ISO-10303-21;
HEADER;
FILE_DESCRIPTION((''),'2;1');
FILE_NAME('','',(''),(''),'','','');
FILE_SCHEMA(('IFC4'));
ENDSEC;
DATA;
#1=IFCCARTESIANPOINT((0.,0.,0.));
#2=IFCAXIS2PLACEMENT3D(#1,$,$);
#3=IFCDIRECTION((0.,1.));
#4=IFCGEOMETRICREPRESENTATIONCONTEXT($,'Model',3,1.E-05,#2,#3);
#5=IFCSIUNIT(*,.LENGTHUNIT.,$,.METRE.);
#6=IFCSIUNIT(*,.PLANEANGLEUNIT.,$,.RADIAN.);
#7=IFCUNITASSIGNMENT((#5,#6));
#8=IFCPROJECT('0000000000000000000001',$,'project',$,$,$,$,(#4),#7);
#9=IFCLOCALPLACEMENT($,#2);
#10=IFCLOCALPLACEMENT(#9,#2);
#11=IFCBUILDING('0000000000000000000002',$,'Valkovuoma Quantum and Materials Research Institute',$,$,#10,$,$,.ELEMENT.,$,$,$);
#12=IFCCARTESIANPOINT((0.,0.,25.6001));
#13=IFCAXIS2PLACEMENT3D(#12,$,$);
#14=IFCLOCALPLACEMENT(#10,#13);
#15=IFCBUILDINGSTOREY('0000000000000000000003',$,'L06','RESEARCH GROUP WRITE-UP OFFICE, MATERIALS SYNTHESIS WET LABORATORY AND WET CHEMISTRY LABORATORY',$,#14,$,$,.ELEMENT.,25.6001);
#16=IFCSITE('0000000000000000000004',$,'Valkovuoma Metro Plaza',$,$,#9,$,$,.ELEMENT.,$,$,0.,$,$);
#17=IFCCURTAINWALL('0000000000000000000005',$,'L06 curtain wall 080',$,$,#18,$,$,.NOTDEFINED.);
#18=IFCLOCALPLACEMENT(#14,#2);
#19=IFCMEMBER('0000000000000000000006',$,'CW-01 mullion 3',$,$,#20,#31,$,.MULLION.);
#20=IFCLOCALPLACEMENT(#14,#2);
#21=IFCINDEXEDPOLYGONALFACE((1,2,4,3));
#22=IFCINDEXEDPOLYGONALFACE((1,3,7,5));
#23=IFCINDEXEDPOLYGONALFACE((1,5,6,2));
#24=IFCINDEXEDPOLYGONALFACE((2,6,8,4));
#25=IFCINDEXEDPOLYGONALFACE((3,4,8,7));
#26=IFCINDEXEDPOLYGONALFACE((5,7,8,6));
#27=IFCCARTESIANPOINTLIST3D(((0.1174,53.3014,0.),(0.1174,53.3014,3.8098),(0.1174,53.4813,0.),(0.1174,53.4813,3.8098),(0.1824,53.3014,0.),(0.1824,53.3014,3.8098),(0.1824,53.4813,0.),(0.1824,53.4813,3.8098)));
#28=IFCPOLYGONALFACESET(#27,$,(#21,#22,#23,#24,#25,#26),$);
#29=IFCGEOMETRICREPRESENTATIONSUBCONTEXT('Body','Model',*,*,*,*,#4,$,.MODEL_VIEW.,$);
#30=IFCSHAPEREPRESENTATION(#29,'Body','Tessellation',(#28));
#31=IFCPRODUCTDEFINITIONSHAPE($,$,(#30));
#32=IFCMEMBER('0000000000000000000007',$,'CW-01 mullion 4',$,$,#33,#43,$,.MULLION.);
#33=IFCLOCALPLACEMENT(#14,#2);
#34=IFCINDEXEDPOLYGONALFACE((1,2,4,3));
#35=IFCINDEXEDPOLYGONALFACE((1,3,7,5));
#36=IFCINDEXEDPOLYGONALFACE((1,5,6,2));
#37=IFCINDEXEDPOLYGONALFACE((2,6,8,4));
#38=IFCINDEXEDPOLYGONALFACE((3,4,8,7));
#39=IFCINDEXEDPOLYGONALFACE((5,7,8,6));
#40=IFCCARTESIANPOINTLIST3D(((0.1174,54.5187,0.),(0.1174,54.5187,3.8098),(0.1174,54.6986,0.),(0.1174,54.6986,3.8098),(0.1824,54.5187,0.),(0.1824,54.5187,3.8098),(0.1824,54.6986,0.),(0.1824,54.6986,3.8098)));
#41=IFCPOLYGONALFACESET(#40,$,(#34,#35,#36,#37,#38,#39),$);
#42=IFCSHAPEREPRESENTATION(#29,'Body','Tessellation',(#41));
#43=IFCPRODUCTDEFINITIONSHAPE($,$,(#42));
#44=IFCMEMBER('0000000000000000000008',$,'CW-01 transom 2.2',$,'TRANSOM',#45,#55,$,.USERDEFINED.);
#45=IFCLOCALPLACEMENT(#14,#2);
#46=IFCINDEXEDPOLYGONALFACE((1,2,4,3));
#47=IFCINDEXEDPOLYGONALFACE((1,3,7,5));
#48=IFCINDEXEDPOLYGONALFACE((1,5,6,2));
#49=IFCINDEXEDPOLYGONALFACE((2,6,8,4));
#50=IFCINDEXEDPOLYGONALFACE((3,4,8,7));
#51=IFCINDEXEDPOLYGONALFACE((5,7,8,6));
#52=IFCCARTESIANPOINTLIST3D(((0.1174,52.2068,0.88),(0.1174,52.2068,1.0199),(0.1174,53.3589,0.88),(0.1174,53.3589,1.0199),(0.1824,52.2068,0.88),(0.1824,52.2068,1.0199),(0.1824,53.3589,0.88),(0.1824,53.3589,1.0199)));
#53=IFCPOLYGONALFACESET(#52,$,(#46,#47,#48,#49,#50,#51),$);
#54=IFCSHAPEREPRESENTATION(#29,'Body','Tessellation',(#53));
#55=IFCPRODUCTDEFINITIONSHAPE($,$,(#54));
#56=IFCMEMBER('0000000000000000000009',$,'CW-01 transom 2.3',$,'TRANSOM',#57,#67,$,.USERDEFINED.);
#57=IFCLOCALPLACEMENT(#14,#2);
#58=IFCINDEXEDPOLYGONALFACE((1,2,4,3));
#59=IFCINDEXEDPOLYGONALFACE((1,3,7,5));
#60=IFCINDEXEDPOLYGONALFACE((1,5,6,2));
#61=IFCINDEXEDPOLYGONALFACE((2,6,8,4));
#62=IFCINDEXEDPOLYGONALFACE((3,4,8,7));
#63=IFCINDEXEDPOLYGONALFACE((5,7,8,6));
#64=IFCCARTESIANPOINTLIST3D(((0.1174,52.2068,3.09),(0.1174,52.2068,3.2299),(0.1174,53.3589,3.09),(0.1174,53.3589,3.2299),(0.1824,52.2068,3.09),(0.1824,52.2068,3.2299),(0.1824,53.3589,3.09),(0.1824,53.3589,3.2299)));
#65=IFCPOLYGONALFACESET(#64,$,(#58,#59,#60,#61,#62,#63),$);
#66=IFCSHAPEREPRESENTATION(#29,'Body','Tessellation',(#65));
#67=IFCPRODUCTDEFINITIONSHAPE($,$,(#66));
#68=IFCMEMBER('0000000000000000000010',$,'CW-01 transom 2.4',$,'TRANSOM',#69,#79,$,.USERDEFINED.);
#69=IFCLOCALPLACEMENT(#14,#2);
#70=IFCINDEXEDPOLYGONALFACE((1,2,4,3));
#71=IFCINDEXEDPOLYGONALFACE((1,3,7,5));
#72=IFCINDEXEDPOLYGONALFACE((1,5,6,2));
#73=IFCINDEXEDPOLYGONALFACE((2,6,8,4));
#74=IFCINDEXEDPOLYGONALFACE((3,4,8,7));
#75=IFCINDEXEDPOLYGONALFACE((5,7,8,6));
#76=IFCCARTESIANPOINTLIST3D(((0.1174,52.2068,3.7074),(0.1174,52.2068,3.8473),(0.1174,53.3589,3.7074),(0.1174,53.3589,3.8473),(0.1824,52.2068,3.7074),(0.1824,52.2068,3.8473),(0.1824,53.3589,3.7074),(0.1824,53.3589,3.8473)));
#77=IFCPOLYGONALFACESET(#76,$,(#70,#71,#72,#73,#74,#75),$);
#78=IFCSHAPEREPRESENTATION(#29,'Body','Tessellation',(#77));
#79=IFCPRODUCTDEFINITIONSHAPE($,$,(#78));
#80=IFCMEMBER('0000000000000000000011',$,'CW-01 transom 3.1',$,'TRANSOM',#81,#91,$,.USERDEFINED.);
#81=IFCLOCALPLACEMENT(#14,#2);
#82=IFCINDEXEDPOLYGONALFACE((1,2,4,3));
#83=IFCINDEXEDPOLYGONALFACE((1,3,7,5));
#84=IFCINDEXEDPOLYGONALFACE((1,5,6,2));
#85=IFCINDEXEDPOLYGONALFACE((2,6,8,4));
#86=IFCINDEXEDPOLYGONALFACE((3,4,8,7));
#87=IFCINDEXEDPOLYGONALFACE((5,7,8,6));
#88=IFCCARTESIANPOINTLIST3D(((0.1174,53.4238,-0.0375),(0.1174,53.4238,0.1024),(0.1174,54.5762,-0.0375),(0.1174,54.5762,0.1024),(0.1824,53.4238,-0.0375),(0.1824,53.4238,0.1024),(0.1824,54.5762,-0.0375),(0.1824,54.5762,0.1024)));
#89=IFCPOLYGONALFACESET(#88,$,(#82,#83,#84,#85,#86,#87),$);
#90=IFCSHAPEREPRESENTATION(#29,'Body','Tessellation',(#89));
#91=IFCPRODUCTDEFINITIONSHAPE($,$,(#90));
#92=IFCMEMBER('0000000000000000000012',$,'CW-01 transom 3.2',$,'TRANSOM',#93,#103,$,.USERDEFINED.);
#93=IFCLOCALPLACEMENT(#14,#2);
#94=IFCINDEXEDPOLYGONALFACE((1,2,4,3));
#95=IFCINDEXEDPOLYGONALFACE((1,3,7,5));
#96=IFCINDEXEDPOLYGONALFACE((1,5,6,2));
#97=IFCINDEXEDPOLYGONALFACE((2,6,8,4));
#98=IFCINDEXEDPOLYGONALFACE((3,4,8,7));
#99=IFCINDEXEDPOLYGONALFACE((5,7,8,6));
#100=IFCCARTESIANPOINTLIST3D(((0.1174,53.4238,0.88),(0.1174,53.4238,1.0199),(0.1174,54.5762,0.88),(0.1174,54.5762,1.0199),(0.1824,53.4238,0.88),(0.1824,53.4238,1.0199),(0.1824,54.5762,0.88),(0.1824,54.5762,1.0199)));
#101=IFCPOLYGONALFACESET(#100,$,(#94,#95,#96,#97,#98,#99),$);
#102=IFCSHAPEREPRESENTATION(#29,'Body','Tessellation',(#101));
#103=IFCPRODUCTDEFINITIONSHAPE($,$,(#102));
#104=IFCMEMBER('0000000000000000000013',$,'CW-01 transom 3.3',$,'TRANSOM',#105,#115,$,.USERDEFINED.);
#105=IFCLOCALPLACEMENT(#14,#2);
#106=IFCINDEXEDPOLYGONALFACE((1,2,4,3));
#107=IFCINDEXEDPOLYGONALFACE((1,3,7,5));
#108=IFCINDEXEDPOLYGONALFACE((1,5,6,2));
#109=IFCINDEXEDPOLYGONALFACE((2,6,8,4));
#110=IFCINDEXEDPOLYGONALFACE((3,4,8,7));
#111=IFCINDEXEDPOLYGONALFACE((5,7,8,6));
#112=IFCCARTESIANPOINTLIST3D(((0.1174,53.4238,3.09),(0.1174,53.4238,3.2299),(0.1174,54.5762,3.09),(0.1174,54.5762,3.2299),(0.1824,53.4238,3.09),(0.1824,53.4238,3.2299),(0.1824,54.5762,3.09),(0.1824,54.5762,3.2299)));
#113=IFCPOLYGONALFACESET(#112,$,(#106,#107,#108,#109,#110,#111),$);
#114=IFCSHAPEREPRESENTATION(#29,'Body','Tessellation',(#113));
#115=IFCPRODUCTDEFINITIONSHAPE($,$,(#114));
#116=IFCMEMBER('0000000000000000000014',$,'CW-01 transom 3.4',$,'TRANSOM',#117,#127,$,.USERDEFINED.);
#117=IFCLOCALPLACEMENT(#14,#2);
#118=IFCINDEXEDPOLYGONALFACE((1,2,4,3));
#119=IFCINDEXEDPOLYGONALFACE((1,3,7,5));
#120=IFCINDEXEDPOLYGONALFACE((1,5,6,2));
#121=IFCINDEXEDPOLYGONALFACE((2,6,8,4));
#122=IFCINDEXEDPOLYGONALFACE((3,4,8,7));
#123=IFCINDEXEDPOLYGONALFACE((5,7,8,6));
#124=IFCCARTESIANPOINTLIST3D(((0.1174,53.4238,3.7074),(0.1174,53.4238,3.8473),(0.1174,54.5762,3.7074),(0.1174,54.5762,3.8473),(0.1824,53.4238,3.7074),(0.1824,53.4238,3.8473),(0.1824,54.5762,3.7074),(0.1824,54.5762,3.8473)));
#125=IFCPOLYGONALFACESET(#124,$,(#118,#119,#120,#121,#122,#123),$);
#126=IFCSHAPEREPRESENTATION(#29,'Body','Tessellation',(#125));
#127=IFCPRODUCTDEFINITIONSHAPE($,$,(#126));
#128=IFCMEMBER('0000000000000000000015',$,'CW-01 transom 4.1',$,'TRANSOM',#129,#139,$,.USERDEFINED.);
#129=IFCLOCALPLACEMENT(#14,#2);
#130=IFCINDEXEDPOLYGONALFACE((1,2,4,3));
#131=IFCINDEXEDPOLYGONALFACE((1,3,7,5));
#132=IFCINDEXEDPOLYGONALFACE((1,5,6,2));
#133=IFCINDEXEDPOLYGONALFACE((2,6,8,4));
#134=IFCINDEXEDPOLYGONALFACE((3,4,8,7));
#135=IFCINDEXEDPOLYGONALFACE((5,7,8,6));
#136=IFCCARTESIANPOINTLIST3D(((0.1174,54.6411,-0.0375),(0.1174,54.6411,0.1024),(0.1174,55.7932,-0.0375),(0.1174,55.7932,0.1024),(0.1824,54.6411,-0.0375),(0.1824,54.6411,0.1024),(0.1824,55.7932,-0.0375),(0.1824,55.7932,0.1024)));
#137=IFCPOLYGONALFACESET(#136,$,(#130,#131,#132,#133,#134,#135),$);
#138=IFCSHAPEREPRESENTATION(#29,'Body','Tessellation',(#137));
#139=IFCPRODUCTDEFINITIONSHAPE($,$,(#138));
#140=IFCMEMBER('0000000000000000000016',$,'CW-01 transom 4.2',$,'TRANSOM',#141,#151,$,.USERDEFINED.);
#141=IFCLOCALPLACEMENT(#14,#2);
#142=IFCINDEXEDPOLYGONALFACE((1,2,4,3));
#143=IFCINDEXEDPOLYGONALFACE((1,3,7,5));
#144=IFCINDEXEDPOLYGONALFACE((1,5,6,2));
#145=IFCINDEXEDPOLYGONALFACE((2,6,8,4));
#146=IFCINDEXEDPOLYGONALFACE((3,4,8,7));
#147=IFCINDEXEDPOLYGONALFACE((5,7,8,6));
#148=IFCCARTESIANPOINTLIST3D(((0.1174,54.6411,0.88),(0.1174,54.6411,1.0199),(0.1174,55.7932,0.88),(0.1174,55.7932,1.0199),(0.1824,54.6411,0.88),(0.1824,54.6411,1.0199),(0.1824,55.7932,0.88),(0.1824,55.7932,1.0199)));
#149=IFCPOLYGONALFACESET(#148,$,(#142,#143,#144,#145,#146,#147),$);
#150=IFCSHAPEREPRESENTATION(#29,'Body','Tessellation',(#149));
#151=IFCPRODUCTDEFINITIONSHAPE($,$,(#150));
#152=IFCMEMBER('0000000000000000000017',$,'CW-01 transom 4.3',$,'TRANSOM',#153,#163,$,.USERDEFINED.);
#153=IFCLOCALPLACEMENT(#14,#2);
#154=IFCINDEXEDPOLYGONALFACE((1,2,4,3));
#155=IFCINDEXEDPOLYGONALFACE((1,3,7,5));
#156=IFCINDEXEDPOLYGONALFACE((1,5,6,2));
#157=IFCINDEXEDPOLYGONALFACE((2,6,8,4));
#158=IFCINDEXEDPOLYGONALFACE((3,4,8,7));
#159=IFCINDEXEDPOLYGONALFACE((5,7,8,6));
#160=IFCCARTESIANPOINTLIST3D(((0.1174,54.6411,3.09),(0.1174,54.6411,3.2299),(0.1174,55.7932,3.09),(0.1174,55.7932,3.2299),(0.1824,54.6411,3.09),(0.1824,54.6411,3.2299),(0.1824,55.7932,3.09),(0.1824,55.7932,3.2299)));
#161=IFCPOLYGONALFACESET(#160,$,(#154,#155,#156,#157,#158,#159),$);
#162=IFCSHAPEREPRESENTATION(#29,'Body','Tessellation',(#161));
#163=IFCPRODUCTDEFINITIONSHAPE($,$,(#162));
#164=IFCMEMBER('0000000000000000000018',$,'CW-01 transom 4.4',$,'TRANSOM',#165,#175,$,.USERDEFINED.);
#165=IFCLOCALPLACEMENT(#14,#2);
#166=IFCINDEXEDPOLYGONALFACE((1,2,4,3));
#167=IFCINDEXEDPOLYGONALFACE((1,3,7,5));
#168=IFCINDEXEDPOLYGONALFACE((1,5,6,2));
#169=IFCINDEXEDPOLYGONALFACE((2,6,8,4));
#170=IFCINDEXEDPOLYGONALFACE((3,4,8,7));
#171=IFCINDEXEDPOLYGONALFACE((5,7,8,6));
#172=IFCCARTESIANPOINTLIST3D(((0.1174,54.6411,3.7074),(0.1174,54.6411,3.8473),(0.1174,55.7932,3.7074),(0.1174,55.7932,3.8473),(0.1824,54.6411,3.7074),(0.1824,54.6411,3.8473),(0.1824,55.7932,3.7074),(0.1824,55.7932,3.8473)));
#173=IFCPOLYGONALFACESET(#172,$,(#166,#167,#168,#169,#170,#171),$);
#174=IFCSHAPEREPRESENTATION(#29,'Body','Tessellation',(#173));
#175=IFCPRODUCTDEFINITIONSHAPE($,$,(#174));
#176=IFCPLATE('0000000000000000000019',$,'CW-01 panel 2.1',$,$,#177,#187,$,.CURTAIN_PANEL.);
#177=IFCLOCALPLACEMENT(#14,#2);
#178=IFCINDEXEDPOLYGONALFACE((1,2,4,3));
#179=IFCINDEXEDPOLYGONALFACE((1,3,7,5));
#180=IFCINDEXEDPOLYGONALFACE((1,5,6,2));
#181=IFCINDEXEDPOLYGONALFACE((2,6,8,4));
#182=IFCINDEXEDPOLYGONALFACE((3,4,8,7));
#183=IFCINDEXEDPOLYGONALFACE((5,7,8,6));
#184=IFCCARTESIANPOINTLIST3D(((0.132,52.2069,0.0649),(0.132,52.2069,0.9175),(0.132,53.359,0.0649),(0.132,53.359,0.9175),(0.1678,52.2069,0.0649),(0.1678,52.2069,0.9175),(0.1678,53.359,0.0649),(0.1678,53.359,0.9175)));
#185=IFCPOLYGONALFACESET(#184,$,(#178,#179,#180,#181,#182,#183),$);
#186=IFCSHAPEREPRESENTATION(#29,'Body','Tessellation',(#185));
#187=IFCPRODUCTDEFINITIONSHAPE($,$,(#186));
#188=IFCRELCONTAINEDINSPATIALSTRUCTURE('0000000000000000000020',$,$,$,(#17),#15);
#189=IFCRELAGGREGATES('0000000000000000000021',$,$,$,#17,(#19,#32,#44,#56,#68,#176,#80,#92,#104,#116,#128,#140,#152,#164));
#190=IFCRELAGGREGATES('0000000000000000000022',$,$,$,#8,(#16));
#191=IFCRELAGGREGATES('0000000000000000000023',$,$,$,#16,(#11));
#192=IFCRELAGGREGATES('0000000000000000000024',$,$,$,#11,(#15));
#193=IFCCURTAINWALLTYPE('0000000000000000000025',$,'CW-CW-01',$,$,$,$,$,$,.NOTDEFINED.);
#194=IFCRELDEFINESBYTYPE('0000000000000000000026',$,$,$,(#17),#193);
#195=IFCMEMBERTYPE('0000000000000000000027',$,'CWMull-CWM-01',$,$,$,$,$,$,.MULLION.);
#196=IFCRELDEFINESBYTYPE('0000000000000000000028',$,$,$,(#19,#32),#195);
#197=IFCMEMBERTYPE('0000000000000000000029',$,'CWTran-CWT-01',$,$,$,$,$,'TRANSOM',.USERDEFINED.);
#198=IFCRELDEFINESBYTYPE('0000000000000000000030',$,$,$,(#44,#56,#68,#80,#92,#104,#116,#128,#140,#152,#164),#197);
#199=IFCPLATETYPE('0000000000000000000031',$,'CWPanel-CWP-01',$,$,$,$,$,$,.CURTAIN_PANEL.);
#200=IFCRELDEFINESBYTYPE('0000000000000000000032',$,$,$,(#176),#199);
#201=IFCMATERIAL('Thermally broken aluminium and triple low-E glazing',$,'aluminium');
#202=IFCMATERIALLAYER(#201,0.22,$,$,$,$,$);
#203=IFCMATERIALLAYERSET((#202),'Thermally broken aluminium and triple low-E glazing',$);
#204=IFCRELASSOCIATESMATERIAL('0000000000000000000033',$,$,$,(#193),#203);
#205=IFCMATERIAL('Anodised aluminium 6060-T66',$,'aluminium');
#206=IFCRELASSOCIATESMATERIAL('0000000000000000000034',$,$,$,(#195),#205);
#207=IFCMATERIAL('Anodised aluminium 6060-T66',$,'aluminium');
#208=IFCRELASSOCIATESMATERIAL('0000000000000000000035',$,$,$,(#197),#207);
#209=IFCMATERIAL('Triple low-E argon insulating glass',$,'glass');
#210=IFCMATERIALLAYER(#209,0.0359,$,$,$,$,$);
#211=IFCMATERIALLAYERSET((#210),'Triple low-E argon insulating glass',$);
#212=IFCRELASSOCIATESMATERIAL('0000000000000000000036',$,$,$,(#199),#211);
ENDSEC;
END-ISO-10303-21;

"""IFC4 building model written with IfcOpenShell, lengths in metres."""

from ifc_helpers import new_model, si_unit, direction, frame, origin, origin_2d, place, context, subcontext, project, spatial, rectangle, extrude, material, layer, layer_set, material_profile, profile_set, type_object, element, aggregate, save


model = new_model("IFC4")

# Units and contexts
model_context = context("Model", 3, precision=1e-05, world=origin(), true_north=direction((0.0, 1.0)))
body_context = subcontext(model_context, "Body", "Model", "MODEL_VIEW")
ifc_project = project(units=[si_unit("LENGTHUNIT", "METRE"), si_unit("PLANEANGLEUNIT", "RADIAN")], contexts=[model_context])

# Site, building, storey
site_placement = place(None, origin())
site = spatial("IfcSite", under=ifc_project, at=site_placement, Name="Valkovuoma Metro Plaza", CompositionType="ELEMENT", RefElevation=0.0)
building_placement = place(site_placement, origin())
building = spatial("IfcBuilding", under=site, at=building_placement, Name="Valkovuoma Quantum and Materials Research Institute", CompositionType="ELEMENT")
storey_placement = place(building_placement, frame((0.0, 0.0, 25.6001)))
storey = spatial("IfcBuildingStorey", under=building, at=storey_placement, Name="L06", Description="RESEARCH GROUP WRITE-UP OFFICE, MATERIALS SYNTHESIS WET LABORATORY AND WET CHEMISTRY LABORATORY", CompositionType="ELEMENT", Elevation=25.6001)

# Curtain wall, members, plate
ifc_material_1 = material(Name="Thermally broken aluminium and triple low-E glazing", Category="aluminium")
ifc_layer_1 = layer(ifc_material_1, 0.22)
ifc_layer_set_1 = layer_set([ifc_layer_1], Name="Thermally broken aluminium and triple low-E glazing")
curtain_wall_type = type_object("IfcCurtainWallType", Name="CW-CW-01", PredefinedType="NOTDEFINED", material=ifc_layer_set_1)
curtain_wall_placement = place(storey_placement, origin())
curtain_wall = element("IfcCurtainWall", 1, at=curtain_wall_placement, inside=storey, type_object=curtain_wall_type, Name="L06 curtain wall 080", PredefinedType="NOTDEFINED")
ifc_material_2 = material(Name="Anodised aluminium 6060-T66", Category="aluminium")
ifc_material_profile_1 = material_profile(ifc_material_2, rectangle(XDim=0.0649, YDim=0.1799, at=origin_2d()), Name="Anodised aluminium 6060-T66")
ifc_profile_set_1 = profile_set([ifc_material_profile_1], Name="Anodised aluminium 6060-T66")
member_type_1 = type_object("IfcMemberType", Name="CWMull-CWM-01", PredefinedType="MULLION", material=ifc_profile_set_1)
member_1_placement = place(storey_placement, frame((0.1499, 53.3914, 0.0), z_axis=(0.0, 0.0, 1.0), x_axis=(-1.0, 0.0, 0.0)))
member_1 = element("IfcMember", 2, at=member_1_placement, type_object=member_type_1, Name="CW-01 mullion 3", PredefinedType="MULLION", context=body_context, shape_type="SweptSolid", body=[
    extrude(rectangle(XDim=0.0649, YDim=0.1799, at=origin_2d()), origin(), (0.0, 0.0, 1.0), 3.8098),
])
member_2_placement = place(storey_placement, frame((0.1499, 54.6086, 0.0), z_axis=(0.0, 0.0, 1.0), x_axis=(-1.0, 0.0, 0.0)))
member_2 = element("IfcMember", 3, at=member_2_placement, type_object=member_type_1, Name="CW-01 mullion 4", PredefinedType="MULLION", context=body_context, shape_type="SweptSolid", body=[
    extrude(rectangle(XDim=0.0649, YDim=0.1799, at=origin_2d()), origin(), (0.0, 0.0, 1.0), 3.8098),
])
ifc_material_3 = material(Name="Anodised aluminium 6060-T66", Category="aluminium")
ifc_material_profile_2 = material_profile(ifc_material_3, rectangle(XDim=0.0649, YDim=0.1399, at=origin_2d()), Name="Anodised aluminium 6060-T66")
ifc_profile_set_2 = profile_set([ifc_material_profile_2], Name="Anodised aluminium 6060-T66")
member_type_2 = type_object("IfcMemberType", Name="CWTran-CWT-01", ElementType="TRANSOM", PredefinedType="USERDEFINED", material=ifc_profile_set_2)
member_3_placement = place(storey_placement, frame((0.1499, 52.2068, 0.95), z_axis=(0.0, 1.0, 0.0), x_axis=(-1.0, 0.0, 0.0)))
member_3 = element("IfcMember", 4, at=member_3_placement, type_object=member_type_2, Name="CW-01 transom 2.2", ObjectType="TRANSOM", PredefinedType="USERDEFINED", context=body_context, shape_type="SweptSolid", body=[
    extrude(rectangle(XDim=0.0649, YDim=0.1399, at=origin_2d()), origin(), (0.0, 0.0, 1.0), 1.1521),
])
member_4_placement = place(storey_placement, frame((0.1499, 52.2068, 3.1599), z_axis=(0.0, 1.0, 0.0), x_axis=(-1.0, 0.0, 0.0)))
member_4 = element("IfcMember", 5, at=member_4_placement, type_object=member_type_2, Name="CW-01 transom 2.3", ObjectType="TRANSOM", PredefinedType="USERDEFINED", context=body_context, shape_type="SweptSolid", body=[
    extrude(rectangle(XDim=0.0649, YDim=0.1399, at=origin_2d()), origin(), (0.0, 0.0, 1.0), 1.1521),
])
member_5_placement = place(storey_placement, frame((0.1499, 52.2068, 3.7773), z_axis=(0.0, 1.0, 0.0), x_axis=(-1.0, 0.0, 0.0)))
member_5 = element("IfcMember", 6, at=member_5_placement, type_object=member_type_2, Name="CW-01 transom 2.4", ObjectType="TRANSOM", PredefinedType="USERDEFINED", context=body_context, shape_type="SweptSolid", body=[
    extrude(rectangle(XDim=0.0649, YDim=0.1399, at=origin_2d()), origin(), (0.0, 0.0, 1.0), 1.1521),
])
member_6_placement = place(storey_placement, frame((0.1499, 53.4238, 0.0325), z_axis=(0.0, 1.0, 0.0), x_axis=(-1.0, 0.0, 0.0)))
member_6 = element("IfcMember", 7, at=member_6_placement, type_object=member_type_2, Name="CW-01 transom 3.1", ObjectType="TRANSOM", PredefinedType="USERDEFINED", context=body_context, shape_type="SweptSolid", body=[
    extrude(rectangle(XDim=0.0649, YDim=0.1399, at=origin_2d()), origin(), (0.0, 0.0, 1.0), 1.1523),
])
member_7_placement = place(storey_placement, frame((0.1499, 53.4238, 0.95), z_axis=(0.0, 1.0, 0.0), x_axis=(-1.0, 0.0, 0.0)))
member_7 = element("IfcMember", 8, at=member_7_placement, type_object=member_type_2, Name="CW-01 transom 3.2", ObjectType="TRANSOM", PredefinedType="USERDEFINED", context=body_context, shape_type="SweptSolid", body=[
    extrude(rectangle(XDim=0.0649, YDim=0.1399, at=origin_2d()), origin(), (0.0, 0.0, 1.0), 1.1523),
])
member_8_placement = place(storey_placement, frame((0.1499, 53.4238, 3.1599), z_axis=(0.0, 1.0, 0.0), x_axis=(-1.0, 0.0, 0.0)))
member_8 = element("IfcMember", 9, at=member_8_placement, type_object=member_type_2, Name="CW-01 transom 3.3", ObjectType="TRANSOM", PredefinedType="USERDEFINED", context=body_context, shape_type="SweptSolid", body=[
    extrude(rectangle(XDim=0.0649, YDim=0.1399, at=origin_2d()), origin(), (0.0, 0.0, 1.0), 1.1523),
])
member_9_placement = place(storey_placement, frame((0.1499, 53.4238, 3.7773), z_axis=(0.0, 1.0, 0.0), x_axis=(-1.0, 0.0, 0.0)))
member_9 = element("IfcMember", 10, at=member_9_placement, type_object=member_type_2, Name="CW-01 transom 3.4", ObjectType="TRANSOM", PredefinedType="USERDEFINED", context=body_context, shape_type="SweptSolid", body=[
    extrude(rectangle(XDim=0.0649, YDim=0.1399, at=origin_2d()), origin(), (0.0, 0.0, 1.0), 1.1523),
])
member_10_placement = place(storey_placement, frame((0.1499, 54.6411, 0.0325), z_axis=(0.0, 1.0, 0.0), x_axis=(-1.0, 0.0, 0.0)))
member_10 = element("IfcMember", 11, at=member_10_placement, type_object=member_type_2, Name="CW-01 transom 4.1", ObjectType="TRANSOM", PredefinedType="USERDEFINED", context=body_context, shape_type="SweptSolid", body=[
    extrude(rectangle(XDim=0.0649, YDim=0.1399, at=origin_2d()), origin(), (0.0, 0.0, 1.0), 1.1521),
])
member_11_placement = place(storey_placement, frame((0.1499, 54.6411, 0.95), z_axis=(0.0, 1.0, 0.0), x_axis=(-1.0, 0.0, 0.0)))
member_11 = element("IfcMember", 12, at=member_11_placement, type_object=member_type_2, Name="CW-01 transom 4.2", ObjectType="TRANSOM", PredefinedType="USERDEFINED", context=body_context, shape_type="SweptSolid", body=[
    extrude(rectangle(XDim=0.0649, YDim=0.1399, at=origin_2d()), origin(), (0.0, 0.0, 1.0), 1.1521),
])
member_12_placement = place(storey_placement, frame((0.1499, 54.6411, 3.1599), z_axis=(0.0, 1.0, 0.0), x_axis=(-1.0, 0.0, 0.0)))
member_12 = element("IfcMember", 13, at=member_12_placement, type_object=member_type_2, Name="CW-01 transom 4.3", ObjectType="TRANSOM", PredefinedType="USERDEFINED", context=body_context, shape_type="SweptSolid", body=[
    extrude(rectangle(XDim=0.0649, YDim=0.1399, at=origin_2d()), origin(), (0.0, 0.0, 1.0), 1.1521),
])
member_13_placement = place(storey_placement, frame((0.1499, 54.6411, 3.7773), z_axis=(0.0, 1.0, 0.0), x_axis=(-1.0, 0.0, 0.0)))
member_13 = element("IfcMember", 14, at=member_13_placement, type_object=member_type_2, Name="CW-01 transom 4.4", ObjectType="TRANSOM", PredefinedType="USERDEFINED", context=body_context, shape_type="SweptSolid", body=[
    extrude(rectangle(XDim=0.0649, YDim=0.1399, at=origin_2d()), origin(), (0.0, 0.0, 1.0), 1.1521),
])
ifc_material_4 = material(Name="Triple low-E argon insulating glass", Category="glass")
ifc_layer_2 = layer(ifc_material_4, 0.0359)
ifc_layer_set_2 = layer_set([ifc_layer_2], Name="Triple low-E argon insulating glass")
plate_type = type_object("IfcPlateType", Name="CWPanel-CWP-01", PredefinedType="CURTAIN_PANEL", material=ifc_layer_set_2)
plate_1_placement = place(storey_placement, frame((0.1499, 52.783, 0.0649), z_axis=(0.0, 0.0, 1.0), x_axis=(0.0, 1.0, 0.0)))
plate_1 = element("IfcPlate", 15, at=plate_1_placement, type_object=plate_type, Name="CW-01 panel 2.1", PredefinedType="CURTAIN_PANEL", context=body_context, shape_type="SweptSolid", body=[
    extrude(rectangle(XDim=1.1521, YDim=0.0359, at=origin_2d()), origin(), (0.0, 0.0, 1.0), 0.8525),
])
aggregate(curtain_wall, [member_1, member_2, member_3, member_4, member_5, plate_1, member_6, member_7, member_8, member_9, member_10, member_11, member_12, member_13])

save(model, "model.ifc")
